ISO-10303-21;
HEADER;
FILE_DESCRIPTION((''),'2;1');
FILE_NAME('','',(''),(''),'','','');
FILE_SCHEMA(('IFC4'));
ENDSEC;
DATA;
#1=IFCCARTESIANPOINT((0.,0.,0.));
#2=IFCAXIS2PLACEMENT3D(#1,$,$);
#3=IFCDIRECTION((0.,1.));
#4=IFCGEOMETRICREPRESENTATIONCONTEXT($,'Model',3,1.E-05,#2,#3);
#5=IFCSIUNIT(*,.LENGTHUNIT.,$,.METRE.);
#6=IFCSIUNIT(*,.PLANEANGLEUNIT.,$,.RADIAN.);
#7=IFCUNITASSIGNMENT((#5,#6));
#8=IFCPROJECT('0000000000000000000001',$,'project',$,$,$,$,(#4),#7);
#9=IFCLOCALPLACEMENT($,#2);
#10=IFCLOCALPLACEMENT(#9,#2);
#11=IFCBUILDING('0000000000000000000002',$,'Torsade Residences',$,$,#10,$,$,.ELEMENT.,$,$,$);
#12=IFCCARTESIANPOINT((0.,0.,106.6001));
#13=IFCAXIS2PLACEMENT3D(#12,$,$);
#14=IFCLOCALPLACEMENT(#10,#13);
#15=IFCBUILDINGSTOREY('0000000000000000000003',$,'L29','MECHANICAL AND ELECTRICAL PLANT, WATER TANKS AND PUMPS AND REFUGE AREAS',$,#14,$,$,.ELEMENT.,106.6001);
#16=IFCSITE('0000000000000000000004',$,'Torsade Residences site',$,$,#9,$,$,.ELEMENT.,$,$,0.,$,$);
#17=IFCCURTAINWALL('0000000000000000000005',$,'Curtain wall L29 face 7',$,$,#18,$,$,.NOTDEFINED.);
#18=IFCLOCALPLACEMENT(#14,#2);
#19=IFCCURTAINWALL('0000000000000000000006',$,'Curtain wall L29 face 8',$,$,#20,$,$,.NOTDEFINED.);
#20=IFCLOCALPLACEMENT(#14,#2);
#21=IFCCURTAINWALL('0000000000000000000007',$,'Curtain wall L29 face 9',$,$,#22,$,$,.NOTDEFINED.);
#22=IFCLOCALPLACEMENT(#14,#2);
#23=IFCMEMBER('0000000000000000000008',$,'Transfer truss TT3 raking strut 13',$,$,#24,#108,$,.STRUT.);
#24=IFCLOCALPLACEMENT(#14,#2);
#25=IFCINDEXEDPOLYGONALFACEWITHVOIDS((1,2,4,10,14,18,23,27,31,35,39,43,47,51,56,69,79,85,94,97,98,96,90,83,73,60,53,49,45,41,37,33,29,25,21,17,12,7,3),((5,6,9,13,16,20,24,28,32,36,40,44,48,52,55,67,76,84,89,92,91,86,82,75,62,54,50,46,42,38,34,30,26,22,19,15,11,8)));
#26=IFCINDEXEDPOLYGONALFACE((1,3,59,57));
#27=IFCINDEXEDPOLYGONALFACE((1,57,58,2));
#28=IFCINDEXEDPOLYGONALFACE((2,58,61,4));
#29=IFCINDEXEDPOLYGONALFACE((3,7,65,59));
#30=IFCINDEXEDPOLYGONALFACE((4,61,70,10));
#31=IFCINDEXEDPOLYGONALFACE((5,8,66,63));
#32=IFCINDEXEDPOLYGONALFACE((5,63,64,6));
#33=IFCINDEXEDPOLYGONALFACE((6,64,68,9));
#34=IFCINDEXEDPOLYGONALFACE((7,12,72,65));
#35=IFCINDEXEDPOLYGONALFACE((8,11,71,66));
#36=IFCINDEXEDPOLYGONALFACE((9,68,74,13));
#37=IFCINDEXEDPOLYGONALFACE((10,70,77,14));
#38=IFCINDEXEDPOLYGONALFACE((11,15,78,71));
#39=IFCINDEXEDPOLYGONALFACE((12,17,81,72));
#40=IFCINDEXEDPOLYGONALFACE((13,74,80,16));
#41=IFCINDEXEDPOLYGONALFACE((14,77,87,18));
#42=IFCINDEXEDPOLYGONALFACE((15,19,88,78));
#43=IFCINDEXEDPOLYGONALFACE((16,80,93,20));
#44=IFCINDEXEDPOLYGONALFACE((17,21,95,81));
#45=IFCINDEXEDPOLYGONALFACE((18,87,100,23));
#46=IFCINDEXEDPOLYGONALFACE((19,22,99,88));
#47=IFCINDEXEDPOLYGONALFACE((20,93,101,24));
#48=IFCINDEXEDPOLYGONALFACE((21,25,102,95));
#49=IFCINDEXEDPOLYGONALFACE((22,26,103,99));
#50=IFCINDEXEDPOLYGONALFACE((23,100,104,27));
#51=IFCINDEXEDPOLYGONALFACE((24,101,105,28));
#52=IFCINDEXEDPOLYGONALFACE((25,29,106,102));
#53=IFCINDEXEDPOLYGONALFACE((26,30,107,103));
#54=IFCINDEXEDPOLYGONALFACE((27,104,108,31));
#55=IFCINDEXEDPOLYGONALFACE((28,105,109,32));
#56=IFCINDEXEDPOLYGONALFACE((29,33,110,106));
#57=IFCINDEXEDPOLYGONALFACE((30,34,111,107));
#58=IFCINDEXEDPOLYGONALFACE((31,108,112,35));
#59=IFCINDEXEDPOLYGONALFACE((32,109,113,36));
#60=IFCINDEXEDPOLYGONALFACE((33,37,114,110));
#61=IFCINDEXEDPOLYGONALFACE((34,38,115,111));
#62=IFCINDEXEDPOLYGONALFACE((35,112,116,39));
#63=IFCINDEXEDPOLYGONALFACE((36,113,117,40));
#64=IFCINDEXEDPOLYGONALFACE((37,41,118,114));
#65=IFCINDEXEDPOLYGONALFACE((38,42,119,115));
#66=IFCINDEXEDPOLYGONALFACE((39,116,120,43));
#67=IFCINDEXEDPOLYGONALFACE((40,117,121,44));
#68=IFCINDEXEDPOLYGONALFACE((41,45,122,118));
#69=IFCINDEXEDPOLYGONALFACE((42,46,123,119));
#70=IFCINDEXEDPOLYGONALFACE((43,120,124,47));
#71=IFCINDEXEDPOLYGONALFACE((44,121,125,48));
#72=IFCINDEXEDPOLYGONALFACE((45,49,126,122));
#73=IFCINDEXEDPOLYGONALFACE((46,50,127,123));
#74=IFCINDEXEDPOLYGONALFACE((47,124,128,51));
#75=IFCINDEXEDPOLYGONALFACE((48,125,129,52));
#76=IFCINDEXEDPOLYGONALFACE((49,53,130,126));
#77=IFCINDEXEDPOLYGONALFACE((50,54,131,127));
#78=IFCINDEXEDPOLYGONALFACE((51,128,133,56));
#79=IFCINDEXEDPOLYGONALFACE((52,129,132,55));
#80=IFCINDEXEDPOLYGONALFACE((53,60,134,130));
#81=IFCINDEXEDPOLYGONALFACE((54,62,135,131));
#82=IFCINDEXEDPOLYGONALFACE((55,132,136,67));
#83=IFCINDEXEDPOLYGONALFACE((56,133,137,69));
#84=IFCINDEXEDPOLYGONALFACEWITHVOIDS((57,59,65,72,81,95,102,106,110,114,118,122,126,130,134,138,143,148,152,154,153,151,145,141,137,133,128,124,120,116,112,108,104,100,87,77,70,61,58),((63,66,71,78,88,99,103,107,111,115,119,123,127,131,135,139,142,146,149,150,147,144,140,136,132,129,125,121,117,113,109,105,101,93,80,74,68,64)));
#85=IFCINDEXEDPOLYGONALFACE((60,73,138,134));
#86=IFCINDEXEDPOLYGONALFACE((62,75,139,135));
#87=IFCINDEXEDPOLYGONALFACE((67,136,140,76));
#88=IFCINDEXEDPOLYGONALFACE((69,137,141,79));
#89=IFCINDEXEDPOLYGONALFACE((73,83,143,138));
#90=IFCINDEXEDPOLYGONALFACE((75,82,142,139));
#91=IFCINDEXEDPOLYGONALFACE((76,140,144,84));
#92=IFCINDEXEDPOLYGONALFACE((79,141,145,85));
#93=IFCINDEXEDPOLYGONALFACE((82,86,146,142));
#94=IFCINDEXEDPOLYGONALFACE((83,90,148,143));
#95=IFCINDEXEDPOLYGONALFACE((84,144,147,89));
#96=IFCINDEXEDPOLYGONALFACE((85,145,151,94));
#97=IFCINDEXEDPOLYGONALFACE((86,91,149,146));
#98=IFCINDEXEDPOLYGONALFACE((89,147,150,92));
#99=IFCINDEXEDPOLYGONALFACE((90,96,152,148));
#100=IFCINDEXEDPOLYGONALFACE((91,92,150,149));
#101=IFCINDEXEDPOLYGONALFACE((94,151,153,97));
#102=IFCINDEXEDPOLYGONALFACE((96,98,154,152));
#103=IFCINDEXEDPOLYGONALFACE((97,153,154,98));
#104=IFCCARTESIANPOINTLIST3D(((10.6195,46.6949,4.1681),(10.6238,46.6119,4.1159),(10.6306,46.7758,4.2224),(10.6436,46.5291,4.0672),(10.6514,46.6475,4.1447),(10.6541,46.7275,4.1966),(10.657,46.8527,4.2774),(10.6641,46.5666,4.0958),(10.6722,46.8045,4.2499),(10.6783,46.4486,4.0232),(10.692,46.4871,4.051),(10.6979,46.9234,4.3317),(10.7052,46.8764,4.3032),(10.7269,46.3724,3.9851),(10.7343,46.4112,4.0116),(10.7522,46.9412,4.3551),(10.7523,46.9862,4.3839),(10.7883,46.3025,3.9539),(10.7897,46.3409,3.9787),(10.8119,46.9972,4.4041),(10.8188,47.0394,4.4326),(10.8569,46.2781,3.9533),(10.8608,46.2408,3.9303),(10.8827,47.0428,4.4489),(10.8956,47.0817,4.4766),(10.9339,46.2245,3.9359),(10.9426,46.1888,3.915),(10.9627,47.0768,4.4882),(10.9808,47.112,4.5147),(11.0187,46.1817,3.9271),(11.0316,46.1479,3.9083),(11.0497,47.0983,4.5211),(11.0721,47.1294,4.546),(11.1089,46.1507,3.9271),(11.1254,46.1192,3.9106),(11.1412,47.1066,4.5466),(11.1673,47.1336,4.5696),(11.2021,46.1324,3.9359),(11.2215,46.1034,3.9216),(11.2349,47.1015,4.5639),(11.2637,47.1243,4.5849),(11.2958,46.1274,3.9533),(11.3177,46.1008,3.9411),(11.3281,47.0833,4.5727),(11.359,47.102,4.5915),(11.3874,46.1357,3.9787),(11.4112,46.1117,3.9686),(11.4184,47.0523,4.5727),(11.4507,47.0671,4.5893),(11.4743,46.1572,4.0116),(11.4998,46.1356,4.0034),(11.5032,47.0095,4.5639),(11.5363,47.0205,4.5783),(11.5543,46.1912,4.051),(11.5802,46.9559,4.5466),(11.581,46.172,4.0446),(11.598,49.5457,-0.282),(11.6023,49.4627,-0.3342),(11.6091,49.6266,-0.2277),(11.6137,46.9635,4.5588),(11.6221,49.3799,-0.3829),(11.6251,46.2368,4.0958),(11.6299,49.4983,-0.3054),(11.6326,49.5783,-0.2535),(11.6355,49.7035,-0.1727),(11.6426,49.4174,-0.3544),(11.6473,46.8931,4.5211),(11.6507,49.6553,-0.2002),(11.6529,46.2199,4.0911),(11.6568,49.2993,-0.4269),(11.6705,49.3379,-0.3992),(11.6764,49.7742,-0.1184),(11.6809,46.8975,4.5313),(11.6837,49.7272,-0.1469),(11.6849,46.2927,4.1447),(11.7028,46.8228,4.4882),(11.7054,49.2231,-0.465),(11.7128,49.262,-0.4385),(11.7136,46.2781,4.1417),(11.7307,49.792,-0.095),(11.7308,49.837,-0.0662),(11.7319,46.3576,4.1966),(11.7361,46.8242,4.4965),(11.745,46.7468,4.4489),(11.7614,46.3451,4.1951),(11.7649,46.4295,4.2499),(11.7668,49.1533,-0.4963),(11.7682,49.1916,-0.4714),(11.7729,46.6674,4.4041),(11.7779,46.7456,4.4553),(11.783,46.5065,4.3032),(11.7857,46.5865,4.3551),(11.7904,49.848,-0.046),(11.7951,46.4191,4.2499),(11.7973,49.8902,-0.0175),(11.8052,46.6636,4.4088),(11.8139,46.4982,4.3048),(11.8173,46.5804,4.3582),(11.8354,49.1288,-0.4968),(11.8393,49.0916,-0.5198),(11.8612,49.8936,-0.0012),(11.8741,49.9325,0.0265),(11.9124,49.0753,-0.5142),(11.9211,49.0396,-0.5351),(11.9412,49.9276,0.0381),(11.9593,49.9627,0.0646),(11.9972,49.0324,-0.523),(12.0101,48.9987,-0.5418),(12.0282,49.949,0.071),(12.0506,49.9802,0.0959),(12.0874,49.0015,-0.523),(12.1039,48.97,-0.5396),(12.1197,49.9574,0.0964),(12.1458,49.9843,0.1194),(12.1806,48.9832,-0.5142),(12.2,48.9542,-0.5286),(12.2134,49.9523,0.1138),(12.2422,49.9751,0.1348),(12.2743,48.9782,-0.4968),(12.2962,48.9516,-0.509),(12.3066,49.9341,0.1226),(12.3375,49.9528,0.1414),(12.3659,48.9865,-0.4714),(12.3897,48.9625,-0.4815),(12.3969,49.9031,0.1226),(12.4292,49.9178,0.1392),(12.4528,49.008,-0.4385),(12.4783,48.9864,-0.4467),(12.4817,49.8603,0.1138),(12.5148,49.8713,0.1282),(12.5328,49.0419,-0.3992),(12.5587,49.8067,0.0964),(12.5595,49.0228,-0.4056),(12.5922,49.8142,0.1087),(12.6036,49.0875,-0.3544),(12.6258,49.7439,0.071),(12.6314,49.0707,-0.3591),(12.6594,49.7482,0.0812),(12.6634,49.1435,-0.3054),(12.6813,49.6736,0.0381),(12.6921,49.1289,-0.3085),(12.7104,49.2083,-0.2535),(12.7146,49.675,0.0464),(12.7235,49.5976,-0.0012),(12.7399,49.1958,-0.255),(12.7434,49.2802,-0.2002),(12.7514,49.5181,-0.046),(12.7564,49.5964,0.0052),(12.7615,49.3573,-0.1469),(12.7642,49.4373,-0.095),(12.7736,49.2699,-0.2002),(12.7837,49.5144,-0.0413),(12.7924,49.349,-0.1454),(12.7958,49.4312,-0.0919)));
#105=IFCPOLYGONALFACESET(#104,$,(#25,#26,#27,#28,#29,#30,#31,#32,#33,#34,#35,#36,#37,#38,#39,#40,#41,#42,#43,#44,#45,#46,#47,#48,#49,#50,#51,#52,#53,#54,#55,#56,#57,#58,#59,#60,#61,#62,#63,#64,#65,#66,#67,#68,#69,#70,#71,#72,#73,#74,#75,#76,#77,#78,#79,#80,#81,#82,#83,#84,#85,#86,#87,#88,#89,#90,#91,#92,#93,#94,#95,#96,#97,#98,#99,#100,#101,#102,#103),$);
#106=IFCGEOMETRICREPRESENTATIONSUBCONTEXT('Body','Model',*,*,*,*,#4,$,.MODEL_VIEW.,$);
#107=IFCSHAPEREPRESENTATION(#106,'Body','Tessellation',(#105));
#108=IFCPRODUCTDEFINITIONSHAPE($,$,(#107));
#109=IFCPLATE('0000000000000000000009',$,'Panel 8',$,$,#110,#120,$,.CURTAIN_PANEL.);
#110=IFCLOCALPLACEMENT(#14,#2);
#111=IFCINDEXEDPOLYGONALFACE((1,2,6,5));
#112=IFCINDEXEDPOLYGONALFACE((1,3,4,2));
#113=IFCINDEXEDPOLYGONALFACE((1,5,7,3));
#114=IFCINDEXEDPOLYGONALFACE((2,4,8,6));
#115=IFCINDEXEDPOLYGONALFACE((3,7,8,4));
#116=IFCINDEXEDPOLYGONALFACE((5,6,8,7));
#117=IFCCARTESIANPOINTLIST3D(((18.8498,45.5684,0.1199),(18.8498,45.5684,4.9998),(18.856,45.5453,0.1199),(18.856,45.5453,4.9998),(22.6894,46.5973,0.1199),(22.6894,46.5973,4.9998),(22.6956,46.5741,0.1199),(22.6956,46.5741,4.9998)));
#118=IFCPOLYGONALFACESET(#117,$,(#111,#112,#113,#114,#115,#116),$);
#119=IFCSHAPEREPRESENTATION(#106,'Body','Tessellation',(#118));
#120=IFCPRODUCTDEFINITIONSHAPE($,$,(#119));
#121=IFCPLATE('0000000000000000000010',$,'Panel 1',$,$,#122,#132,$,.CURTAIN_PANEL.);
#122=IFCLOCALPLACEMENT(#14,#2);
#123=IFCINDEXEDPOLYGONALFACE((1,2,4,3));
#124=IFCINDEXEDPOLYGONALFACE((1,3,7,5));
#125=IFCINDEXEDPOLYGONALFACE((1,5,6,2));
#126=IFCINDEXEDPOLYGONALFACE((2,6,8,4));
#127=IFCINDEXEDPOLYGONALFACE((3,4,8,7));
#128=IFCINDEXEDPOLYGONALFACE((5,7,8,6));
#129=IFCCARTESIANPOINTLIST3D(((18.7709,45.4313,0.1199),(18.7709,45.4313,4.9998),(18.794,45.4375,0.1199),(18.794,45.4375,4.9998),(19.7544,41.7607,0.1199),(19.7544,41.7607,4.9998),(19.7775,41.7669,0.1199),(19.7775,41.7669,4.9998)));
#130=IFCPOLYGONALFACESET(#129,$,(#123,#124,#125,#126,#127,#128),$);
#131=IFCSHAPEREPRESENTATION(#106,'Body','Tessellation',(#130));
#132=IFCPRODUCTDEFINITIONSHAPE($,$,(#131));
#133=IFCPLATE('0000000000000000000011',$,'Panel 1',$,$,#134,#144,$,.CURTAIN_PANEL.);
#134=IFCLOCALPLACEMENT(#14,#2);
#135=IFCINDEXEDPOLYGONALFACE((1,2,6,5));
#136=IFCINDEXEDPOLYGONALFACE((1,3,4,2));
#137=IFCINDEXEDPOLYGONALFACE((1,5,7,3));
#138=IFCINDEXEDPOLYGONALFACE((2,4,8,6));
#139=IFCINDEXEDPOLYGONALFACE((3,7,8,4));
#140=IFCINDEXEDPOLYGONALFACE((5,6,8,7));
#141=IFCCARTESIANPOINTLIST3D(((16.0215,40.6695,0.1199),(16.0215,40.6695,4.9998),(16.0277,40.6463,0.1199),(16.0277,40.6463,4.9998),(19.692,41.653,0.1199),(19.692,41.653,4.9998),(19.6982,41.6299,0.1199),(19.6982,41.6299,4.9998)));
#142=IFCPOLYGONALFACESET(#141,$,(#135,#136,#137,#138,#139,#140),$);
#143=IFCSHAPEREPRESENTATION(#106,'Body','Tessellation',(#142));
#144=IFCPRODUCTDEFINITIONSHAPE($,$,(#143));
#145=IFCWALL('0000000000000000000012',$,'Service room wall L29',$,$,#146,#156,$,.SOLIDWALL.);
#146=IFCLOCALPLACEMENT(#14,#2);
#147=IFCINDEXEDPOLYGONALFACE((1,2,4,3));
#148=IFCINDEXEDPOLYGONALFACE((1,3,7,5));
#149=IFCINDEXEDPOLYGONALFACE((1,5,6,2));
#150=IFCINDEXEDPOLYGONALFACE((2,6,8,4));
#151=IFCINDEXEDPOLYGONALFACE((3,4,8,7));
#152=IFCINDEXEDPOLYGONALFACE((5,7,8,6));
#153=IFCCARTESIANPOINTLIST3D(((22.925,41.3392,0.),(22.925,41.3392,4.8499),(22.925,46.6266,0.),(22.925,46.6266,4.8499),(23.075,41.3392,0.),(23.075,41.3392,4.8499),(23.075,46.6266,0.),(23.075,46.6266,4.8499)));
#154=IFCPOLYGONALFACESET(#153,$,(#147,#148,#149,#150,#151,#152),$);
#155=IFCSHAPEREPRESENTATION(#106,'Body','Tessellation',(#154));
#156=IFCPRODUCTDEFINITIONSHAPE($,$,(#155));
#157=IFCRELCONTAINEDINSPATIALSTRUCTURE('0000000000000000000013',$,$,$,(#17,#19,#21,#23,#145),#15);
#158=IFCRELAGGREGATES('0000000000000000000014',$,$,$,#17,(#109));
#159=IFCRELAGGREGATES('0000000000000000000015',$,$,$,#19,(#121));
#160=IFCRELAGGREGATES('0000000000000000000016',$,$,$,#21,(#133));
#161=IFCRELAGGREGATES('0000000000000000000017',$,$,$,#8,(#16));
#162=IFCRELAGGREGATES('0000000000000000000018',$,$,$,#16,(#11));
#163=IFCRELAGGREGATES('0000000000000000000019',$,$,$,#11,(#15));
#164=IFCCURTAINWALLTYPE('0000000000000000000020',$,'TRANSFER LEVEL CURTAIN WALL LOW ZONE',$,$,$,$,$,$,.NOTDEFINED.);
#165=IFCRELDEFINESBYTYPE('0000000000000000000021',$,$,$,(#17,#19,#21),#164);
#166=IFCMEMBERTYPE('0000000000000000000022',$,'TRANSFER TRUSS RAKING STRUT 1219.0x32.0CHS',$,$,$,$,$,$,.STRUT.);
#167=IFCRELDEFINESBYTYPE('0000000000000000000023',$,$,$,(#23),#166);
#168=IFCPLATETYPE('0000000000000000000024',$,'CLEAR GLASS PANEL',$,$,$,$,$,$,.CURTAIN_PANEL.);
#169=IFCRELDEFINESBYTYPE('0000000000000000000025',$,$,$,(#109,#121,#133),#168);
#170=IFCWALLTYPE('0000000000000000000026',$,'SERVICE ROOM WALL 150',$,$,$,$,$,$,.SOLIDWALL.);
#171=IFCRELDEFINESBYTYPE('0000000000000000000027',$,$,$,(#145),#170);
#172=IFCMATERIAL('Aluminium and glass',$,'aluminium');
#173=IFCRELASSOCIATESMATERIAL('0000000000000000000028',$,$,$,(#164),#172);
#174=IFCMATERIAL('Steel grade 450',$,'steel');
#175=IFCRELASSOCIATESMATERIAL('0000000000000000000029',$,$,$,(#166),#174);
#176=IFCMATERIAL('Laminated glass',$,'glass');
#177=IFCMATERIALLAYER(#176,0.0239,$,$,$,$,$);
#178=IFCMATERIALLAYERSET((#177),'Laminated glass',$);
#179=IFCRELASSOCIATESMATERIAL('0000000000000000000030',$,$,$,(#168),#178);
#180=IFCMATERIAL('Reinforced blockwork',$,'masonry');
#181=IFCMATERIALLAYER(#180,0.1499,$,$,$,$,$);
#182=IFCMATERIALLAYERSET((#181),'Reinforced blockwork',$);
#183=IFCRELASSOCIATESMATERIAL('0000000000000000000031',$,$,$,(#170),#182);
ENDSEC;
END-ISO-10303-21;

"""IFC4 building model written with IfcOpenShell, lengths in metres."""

from ifc_helpers import new_model, si_unit, direction, frame, frame_2d, origin, origin_2d, place, context, subcontext, project, spatial, rectangle, hollow_circle, extrude, material, layer, layer_set, material_profile, profile_set, type_object, element, aggregate, save


model = new_model("IFC4")

# Units and contexts
model_context = context("Model", 3, precision=1e-05, world=origin(), true_north=direction((0.0, 1.0)))
body_context = subcontext(model_context, "Body", "Model", "MODEL_VIEW")
ifc_project = project(units=[si_unit("LENGTHUNIT", "METRE"), si_unit("PLANEANGLEUNIT", "RADIAN")], contexts=[model_context])

# Site, building, storey
site_placement = place(None, origin())
site = spatial("IfcSite", under=ifc_project, at=site_placement, Name="Torsade Residences site", CompositionType="ELEMENT", RefElevation=0.0)
building_placement = place(site_placement, origin())
building = spatial("IfcBuilding", under=site, at=building_placement, Name="Torsade Residences", CompositionType="ELEMENT")
storey_placement = place(building_placement, frame((0.0, 0.0, 106.6001)))
storey = spatial("IfcBuildingStorey", under=building, at=storey_placement, Name="L29", Description="MECHANICAL AND ELECTRICAL PLANT, WATER TANKS AND PUMPS AND REFUGE AREAS", CompositionType="ELEMENT", Elevation=106.6001)

# Curtain walls
ifc_material_1 = material(Name="Aluminium and glass", Category="aluminium")
curtain_wall_type = type_object("IfcCurtainWallType", Name="TRANSFER LEVEL CURTAIN WALL LOW ZONE", PredefinedType="NOTDEFINED", material=ifc_material_1)
curtain_wall_1_placement = place(storey_placement, origin())
curtain_wall_1 = element("IfcCurtainWall", 1, at=curtain_wall_1_placement, inside=storey, type_object=curtain_wall_type, Name="Curtain wall L29 face 7", PredefinedType="NOTDEFINED")
curtain_wall_2_placement = place(storey_placement, origin())
curtain_wall_2 = element("IfcCurtainWall", 2, at=curtain_wall_2_placement, inside=storey, type_object=curtain_wall_type, Name="Curtain wall L29 face 8", PredefinedType="NOTDEFINED")
curtain_wall_3_placement = place(storey_placement, origin())
curtain_wall_3 = element("IfcCurtainWall", 3, at=curtain_wall_3_placement, inside=storey, type_object=curtain_wall_type, Name="Curtain wall L29 face 9", PredefinedType="NOTDEFINED")

# Member
ifc_material_2 = material(Name="Steel grade 450", Category="steel")
ifc_material_profile_1 = material_profile(ifc_material_2, hollow_circle(Radius=0.6096, WallThickness=0.032, at=origin_2d()), Name="1219.0x32.0CHS")
ifc_profile_set_1 = profile_set([ifc_material_profile_1], Name="Steel grade 450")
member_type_1 = type_object("IfcMemberType", Name="TRANSFER TRUSS RAKING STRUT 1219.0x32.0CHS", PredefinedType="STRUT", material=ifc_profile_set_1)
member_1_placement = place(storey_placement, frame((12.197, 49.4678, -0.2002), z_axis=(-0.182055, -0.530402, 0.827967), x_axis=(0.945835, -0.324647, 0.0)))
element("IfcMember", 4, at=member_1_placement, inside=storey, type_object=member_type_1, Name="Transfer truss TT3 raking strut 13", PredefinedType="STRUT", context=body_context, shape_type="SweptSolid", body=[
    extrude(hollow_circle(Radius=0.6096, WallThickness=0.032, at=origin_2d()), origin(), (0.0, 0.0, 1.0), 5.3748),
])

# Plates
ifc_material_3 = material(Name="Laminated glass", Category="glass")
ifc_layer_1 = layer(ifc_material_3, 0.0239)
ifc_layer_set_1 = layer_set([ifc_layer_1], Name="Laminated glass")
plate_type = type_object("IfcPlateType", Name="CLEAR GLASS PANEL", PredefinedType="CURTAIN_PANEL", material=ifc_layer_set_1)
plate_1_placement = place(storey_placement, frame((20.7727, 46.0713, 0.1199), z_axis=(0.0, 0.0, 1.0), x_axis=(-0.965926, -0.258819, 0.0)))
plate_1 = element("IfcPlate", 5, at=plate_1_placement, type_object=plate_type, Name="Panel 8", PredefinedType="CURTAIN_PANEL", context=body_context, shape_type="SweptSolid", body=[
    extrude(rectangle(XDim=3.9751, YDim=0.0239, at=origin_2d()), origin(), (0.0, 0.0, 1.0), 4.8799),
])
aggregate(curtain_wall_1, [plate_1])
plate_2_placement = place(storey_placement, frame((19.2742, 43.5991, 0.1199), z_axis=(0.0, 0.0, 1.0), x_axis=(0.258819, -0.965926, 0.0)))
plate_2 = element("IfcPlate", 6, at=plate_2_placement, type_object=plate_type, Name="Panel 1", PredefinedType="CURTAIN_PANEL", context=body_context, shape_type="SweptSolid", body=[
    extrude(rectangle(XDim=3.8, YDim=0.0239, at=origin_2d()), origin(), (0.0, 0.0, 1.0), 4.8799),
])
aggregate(curtain_wall_2, [plate_2])
plate_3_placement = place(storey_placement, frame((17.8599, 41.1497, 0.1199), z_axis=(0.0, 0.0, 1.0), x_axis=(-0.965926, -0.258819, 0.0)))
plate_3 = element("IfcPlate", 7, at=plate_3_placement, type_object=plate_type, Name="Panel 1", PredefinedType="CURTAIN_PANEL", context=body_context, shape_type="SweptSolid", body=[
    extrude(rectangle(XDim=3.8, YDim=0.0239, at=origin_2d()), origin(), (0.0, 0.0, 1.0), 4.8799),
])
aggregate(curtain_wall_3, [plate_3])

# Wall
ifc_material_4 = material(Name="Reinforced blockwork", Category="masonry")
ifc_layer_2 = layer(ifc_material_4, 0.1499)
ifc_layer_set_2 = layer_set([ifc_layer_2], Name="Reinforced blockwork")
wall_type = type_object("IfcWallType", Name="SERVICE ROOM WALL 150", PredefinedType="SOLIDWALL", material=ifc_layer_set_2)
wall_placement = place(storey_placement, frame((23.0, 41.3394, 0.0), z_axis=(0.0, 0.0, 1.0), x_axis=(0.0, 1.0, 0.0)))
element("IfcWall", 8, at=wall_placement, inside=storey, type_object=wall_type, Name="Service room wall L29", PredefinedType="SOLIDWALL", context=body_context, shape_type="SweptSolid", body=[
    extrude(rectangle(XDim=5.2874, YDim=0.1499, at=frame_2d((2.6436, 0.0))), origin(), (0.0, 0.0, 1.0), 4.8499),
])

save(model, "model.ifc")
